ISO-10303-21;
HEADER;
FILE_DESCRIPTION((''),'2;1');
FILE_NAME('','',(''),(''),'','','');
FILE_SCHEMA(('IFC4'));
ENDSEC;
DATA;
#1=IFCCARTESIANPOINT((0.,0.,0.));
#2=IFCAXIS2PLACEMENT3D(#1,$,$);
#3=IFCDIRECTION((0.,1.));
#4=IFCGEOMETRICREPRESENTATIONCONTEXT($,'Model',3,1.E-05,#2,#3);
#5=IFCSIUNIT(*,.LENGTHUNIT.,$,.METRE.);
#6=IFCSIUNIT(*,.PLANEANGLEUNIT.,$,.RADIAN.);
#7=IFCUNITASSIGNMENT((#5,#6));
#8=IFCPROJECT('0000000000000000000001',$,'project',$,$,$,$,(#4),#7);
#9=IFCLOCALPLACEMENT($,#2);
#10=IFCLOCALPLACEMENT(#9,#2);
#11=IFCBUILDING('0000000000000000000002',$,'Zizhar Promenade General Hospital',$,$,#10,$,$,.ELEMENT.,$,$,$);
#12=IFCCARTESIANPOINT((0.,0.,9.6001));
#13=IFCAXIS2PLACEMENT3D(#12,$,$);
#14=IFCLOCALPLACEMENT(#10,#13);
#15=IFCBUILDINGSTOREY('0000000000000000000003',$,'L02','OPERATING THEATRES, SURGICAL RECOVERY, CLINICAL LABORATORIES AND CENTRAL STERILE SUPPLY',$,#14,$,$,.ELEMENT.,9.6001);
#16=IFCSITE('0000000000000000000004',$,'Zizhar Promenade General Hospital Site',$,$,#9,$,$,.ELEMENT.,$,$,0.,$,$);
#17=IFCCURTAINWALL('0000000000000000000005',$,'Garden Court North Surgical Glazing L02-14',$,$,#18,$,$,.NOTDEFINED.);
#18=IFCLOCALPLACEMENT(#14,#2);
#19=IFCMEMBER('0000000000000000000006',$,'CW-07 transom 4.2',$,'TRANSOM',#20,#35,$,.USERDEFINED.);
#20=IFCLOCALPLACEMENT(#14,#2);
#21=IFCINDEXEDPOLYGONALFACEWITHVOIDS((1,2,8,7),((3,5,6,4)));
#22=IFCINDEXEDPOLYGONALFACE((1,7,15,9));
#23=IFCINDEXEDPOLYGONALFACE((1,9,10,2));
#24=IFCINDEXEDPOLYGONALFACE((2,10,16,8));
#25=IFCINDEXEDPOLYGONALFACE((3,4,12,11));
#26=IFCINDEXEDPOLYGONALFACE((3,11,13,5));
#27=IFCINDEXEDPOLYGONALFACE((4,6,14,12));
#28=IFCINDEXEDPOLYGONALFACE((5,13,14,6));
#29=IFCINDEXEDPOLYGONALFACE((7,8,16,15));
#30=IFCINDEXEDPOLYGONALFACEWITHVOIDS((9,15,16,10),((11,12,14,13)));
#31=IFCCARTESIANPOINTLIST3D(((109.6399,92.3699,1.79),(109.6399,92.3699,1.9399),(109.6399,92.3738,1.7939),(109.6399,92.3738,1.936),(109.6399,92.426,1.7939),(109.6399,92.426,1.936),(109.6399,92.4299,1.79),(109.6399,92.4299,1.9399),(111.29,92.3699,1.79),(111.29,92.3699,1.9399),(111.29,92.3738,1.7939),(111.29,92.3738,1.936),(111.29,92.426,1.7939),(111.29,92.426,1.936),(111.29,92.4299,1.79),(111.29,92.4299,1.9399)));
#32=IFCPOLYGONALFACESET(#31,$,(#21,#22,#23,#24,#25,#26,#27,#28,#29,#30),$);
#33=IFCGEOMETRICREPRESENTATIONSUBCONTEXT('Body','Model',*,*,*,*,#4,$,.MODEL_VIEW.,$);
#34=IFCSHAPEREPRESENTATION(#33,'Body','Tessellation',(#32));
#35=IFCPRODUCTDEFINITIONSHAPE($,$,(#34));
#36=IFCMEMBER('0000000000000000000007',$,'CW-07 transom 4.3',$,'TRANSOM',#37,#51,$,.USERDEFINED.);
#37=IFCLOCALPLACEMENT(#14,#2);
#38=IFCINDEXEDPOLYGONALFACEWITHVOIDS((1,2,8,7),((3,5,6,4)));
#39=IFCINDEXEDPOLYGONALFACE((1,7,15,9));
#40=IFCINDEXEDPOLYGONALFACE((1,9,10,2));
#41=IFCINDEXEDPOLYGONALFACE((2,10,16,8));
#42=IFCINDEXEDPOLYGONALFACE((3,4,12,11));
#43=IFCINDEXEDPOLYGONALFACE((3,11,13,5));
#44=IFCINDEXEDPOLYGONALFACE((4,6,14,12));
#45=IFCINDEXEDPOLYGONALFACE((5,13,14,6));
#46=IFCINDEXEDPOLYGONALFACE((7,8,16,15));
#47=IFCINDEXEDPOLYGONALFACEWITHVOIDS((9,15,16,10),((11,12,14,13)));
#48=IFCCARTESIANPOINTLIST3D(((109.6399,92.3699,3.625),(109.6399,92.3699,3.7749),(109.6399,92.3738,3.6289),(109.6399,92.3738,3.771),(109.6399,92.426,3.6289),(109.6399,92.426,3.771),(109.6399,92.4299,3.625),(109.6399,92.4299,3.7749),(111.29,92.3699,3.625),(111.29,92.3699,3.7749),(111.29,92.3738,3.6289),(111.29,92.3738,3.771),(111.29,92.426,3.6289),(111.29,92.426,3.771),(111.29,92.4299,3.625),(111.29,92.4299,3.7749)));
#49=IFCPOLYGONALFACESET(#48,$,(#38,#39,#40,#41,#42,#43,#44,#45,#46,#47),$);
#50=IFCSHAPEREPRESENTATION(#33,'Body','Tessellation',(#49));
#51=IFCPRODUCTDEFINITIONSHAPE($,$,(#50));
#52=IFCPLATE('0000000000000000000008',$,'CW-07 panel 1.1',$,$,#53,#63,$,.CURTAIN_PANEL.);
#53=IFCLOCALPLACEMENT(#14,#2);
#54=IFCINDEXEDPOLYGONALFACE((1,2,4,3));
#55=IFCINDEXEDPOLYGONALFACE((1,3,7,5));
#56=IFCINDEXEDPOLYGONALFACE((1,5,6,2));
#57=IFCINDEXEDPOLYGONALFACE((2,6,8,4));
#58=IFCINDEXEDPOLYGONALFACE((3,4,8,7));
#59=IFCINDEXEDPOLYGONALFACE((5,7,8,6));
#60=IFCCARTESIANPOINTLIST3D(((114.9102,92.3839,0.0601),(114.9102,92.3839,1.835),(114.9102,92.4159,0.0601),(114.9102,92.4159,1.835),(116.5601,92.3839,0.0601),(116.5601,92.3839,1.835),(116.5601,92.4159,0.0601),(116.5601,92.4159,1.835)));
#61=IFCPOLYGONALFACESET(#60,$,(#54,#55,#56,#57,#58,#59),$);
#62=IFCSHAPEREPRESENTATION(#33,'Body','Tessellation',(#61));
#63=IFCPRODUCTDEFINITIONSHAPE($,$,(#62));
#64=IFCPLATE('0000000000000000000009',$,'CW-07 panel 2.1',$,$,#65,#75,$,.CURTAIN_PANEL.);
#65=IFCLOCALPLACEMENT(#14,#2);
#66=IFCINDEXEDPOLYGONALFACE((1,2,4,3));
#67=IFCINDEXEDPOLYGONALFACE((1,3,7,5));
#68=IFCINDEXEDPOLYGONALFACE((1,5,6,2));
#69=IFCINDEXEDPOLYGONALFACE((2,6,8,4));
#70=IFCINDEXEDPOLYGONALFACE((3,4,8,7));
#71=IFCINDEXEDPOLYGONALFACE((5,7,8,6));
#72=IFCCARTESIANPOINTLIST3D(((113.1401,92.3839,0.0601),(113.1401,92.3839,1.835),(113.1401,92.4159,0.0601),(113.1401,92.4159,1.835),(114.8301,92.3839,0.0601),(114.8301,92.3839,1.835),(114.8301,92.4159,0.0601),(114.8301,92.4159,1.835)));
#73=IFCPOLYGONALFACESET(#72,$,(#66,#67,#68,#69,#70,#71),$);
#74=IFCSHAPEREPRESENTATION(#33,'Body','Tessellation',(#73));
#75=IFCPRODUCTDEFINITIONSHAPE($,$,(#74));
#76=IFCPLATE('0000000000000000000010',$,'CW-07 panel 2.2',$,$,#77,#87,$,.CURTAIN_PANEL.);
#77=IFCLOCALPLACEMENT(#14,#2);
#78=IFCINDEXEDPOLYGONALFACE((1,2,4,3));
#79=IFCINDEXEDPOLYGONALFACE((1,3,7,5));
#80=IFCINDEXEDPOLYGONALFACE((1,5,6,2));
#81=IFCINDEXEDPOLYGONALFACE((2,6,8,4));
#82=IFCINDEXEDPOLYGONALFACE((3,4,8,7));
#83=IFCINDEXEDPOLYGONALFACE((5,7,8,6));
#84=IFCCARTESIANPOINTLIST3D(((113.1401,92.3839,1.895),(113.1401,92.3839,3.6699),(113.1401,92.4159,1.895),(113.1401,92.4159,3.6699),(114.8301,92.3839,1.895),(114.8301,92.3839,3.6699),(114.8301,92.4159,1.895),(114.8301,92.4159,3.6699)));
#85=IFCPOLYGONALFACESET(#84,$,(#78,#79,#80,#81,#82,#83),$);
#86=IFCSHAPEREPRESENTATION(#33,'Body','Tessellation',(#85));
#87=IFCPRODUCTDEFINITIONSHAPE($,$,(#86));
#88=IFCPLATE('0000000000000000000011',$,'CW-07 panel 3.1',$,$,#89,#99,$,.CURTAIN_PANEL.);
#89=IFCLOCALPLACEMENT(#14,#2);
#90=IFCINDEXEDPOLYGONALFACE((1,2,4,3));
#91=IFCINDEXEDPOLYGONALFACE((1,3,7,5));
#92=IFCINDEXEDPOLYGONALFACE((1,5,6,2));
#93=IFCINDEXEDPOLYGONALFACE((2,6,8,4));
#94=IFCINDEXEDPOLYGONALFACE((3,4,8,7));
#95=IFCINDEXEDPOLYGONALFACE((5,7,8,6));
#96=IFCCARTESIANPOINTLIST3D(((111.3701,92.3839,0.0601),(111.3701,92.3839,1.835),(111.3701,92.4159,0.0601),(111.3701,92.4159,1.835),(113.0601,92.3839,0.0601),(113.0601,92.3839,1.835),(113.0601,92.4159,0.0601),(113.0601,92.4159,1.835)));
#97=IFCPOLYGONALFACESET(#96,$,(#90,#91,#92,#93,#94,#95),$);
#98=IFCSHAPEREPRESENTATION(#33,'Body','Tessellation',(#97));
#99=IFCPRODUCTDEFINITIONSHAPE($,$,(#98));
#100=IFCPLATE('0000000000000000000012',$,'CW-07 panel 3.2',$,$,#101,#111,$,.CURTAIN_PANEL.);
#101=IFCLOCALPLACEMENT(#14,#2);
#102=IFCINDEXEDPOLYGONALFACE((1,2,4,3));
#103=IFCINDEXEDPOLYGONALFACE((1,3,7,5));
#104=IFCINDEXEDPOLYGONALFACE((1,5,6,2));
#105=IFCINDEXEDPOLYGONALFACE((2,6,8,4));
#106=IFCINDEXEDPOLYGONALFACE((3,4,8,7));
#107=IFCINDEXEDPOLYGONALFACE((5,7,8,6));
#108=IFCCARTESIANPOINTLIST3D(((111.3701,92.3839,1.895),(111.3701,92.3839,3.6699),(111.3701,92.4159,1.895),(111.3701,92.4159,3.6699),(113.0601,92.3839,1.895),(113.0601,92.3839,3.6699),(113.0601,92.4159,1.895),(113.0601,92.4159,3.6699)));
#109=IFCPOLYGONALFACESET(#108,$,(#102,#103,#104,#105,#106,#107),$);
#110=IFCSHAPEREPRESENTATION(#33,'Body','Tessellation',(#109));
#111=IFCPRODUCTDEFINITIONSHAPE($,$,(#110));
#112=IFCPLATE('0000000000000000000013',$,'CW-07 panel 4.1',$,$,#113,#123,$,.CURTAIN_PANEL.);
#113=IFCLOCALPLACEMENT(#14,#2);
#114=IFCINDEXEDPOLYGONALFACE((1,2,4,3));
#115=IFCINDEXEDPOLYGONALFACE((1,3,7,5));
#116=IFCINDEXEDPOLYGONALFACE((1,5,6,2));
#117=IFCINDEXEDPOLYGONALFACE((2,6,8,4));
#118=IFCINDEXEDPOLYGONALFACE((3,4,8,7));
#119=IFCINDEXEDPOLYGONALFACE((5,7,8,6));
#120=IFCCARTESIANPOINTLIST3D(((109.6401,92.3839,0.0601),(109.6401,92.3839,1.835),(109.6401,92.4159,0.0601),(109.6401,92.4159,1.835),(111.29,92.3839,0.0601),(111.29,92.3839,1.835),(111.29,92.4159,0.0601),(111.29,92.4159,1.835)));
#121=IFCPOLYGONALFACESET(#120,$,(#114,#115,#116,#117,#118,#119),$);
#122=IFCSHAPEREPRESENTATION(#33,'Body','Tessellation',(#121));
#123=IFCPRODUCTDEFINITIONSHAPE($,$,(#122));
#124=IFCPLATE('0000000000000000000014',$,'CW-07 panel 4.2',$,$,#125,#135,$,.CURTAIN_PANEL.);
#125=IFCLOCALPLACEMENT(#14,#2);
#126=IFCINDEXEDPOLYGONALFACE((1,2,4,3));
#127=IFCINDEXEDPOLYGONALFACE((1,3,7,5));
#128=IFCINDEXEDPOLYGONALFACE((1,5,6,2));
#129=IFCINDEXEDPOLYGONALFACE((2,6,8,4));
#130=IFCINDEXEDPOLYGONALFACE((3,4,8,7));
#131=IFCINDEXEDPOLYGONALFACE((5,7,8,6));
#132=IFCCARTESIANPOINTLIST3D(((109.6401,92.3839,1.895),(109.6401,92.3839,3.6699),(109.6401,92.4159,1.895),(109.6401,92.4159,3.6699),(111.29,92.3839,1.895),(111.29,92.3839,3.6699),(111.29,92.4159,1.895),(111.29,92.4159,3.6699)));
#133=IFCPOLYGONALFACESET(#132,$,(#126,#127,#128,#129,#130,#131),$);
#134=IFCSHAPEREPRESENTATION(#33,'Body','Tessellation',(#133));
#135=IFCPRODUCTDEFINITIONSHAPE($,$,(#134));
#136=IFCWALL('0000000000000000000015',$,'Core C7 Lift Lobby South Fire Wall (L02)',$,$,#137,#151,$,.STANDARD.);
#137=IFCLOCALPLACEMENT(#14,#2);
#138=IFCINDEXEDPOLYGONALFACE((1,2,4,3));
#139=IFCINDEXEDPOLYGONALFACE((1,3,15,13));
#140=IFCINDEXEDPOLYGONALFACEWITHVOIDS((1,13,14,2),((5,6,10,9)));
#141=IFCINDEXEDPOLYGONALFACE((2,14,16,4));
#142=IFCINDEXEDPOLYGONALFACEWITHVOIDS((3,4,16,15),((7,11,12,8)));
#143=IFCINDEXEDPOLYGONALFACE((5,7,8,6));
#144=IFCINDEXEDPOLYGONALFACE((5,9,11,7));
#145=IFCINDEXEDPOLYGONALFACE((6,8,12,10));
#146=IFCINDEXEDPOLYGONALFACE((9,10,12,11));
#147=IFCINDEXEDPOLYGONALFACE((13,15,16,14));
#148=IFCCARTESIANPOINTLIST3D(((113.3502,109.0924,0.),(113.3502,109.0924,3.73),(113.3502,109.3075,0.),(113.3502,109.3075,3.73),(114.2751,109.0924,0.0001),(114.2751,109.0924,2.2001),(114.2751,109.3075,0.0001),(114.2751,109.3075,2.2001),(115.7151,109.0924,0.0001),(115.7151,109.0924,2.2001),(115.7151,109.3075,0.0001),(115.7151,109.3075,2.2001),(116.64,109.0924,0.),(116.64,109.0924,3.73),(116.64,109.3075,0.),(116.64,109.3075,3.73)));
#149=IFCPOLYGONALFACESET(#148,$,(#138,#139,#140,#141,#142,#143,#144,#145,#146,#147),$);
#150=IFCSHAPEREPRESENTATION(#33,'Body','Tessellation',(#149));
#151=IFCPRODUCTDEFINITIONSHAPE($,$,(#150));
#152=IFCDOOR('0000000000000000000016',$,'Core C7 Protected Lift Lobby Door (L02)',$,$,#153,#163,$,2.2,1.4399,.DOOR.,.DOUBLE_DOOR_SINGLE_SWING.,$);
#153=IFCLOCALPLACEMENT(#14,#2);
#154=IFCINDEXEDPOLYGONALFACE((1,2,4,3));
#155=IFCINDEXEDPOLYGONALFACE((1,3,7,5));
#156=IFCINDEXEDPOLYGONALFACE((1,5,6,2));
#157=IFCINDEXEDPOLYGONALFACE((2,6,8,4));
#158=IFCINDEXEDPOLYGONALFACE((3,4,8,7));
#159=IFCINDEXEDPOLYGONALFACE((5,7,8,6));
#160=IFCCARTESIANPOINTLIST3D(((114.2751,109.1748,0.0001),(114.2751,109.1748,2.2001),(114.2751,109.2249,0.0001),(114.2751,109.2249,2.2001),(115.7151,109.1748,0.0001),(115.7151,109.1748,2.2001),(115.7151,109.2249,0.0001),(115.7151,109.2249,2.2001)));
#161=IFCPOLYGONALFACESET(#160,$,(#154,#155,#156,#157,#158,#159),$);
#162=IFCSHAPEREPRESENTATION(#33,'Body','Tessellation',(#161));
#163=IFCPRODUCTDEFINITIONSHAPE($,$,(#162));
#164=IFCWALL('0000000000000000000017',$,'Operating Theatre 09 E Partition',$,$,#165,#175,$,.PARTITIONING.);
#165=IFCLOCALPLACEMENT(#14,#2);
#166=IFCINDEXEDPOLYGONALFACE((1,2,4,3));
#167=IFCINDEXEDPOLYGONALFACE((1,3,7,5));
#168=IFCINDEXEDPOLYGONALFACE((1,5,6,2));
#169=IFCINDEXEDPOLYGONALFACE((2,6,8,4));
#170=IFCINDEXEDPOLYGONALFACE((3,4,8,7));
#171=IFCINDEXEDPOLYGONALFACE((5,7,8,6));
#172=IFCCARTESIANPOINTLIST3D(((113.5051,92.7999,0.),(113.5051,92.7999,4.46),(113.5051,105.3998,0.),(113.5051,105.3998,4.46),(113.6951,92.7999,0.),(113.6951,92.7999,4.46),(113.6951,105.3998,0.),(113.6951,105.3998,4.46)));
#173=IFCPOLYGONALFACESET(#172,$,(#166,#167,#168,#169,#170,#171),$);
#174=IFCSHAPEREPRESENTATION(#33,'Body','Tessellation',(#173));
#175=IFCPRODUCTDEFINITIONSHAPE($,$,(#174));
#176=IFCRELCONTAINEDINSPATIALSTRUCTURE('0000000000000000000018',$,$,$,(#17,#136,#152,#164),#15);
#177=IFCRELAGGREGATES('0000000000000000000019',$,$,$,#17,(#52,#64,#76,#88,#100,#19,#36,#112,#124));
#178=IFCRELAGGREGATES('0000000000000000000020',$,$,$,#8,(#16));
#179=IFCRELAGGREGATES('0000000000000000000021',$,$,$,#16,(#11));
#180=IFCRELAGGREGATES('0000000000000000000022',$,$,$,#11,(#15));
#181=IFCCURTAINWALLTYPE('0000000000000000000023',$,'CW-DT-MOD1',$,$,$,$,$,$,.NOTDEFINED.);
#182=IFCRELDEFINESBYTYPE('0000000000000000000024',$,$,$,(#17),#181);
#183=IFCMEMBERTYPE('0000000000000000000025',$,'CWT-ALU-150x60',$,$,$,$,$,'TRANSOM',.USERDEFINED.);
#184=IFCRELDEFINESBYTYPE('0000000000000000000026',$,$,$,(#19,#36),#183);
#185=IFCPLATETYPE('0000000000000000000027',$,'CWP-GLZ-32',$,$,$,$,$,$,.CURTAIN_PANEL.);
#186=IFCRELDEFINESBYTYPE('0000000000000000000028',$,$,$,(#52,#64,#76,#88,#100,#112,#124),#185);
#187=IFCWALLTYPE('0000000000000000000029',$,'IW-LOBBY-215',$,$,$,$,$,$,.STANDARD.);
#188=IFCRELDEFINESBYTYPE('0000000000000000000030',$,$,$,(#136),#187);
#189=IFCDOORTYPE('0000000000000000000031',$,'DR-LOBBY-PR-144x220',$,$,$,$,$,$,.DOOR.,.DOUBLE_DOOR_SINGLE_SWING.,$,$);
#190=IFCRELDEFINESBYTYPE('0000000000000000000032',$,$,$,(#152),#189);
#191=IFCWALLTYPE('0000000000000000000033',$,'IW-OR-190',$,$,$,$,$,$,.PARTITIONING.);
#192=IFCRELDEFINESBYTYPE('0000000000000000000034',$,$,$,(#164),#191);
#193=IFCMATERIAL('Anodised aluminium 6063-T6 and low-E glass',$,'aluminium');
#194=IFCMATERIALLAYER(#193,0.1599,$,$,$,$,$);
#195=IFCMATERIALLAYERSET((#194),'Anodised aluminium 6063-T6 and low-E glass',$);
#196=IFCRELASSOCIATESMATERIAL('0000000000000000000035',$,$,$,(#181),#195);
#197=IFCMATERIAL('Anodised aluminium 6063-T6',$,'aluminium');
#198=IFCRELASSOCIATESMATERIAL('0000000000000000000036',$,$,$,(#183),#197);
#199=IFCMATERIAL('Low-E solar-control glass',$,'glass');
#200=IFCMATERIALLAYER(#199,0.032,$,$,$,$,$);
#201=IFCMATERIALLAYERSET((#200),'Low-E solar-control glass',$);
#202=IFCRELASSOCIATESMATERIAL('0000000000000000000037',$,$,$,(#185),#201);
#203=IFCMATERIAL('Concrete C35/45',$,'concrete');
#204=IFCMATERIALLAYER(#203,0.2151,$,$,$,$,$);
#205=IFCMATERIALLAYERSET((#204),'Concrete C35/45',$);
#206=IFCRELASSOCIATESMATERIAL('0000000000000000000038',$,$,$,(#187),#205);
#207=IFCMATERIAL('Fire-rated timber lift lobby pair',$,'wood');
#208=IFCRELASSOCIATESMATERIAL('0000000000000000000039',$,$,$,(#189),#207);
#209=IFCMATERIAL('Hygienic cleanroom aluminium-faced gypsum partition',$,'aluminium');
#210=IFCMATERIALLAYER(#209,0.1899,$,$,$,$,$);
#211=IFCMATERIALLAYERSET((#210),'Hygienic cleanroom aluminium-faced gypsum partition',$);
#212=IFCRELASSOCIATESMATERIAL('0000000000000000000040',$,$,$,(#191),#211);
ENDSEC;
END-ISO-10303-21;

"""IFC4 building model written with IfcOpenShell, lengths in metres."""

from ifc_helpers import new_model, si_unit, direction, frame, frame_2d, origin, origin_2d, place, context, subcontext, project, spatial, rectangle, hollow_rectangle, extrude, material, layer, layer_set, material_profile, profile_set, type_object, element, fill, aggregate, save


model = new_model("IFC4")

# Units and contexts
model_context = context("Model", 3, precision=1e-05, world=origin(), true_north=direction((0.0, 1.0)))
body_context = subcontext(model_context, "Body", "Model", "MODEL_VIEW")
ifc_project = project(units=[si_unit("LENGTHUNIT", "METRE"), si_unit("PLANEANGLEUNIT", "RADIAN")], contexts=[model_context])

# Site, building, storey
site_placement = place(None, origin())
site = spatial("IfcSite", under=ifc_project, at=site_placement, Name="Zizhar Promenade General Hospital Site", CompositionType="ELEMENT", RefElevation=0.0)
building_placement = place(site_placement, origin())
building = spatial("IfcBuilding", under=site, at=building_placement, Name="Zizhar Promenade General Hospital", CompositionType="ELEMENT")
storey_placement = place(building_placement, frame((0.0, 0.0, 9.6001)))
storey = spatial("IfcBuildingStorey", under=building, at=storey_placement, Name="L02", Description="OPERATING THEATRES, SURGICAL RECOVERY, CLINICAL LABORATORIES AND CENTRAL STERILE SUPPLY", CompositionType="ELEMENT", Elevation=9.6001)

# Curtain wall, members, plates
ifc_material_1 = material(Name="Anodised aluminium 6063-T6 and low-E glass", Category="aluminium")
ifc_layer_1 = layer(ifc_material_1, 0.1599)
ifc_layer_set_1 = layer_set([ifc_layer_1], Name="Anodised aluminium 6063-T6 and low-E glass")
curtain_wall_type = type_object("IfcCurtainWallType", Name="CW-DT-MOD1", PredefinedType="NOTDEFINED", material=ifc_layer_set_1)
curtain_wall_placement = place(storey_placement, origin())
curtain_wall = element("IfcCurtainWall", 1, at=curtain_wall_placement, inside=storey, type_object=curtain_wall_type, Name="Garden Court North Surgical Glazing L02-14", PredefinedType="NOTDEFINED")
ifc_material_2 = material(Name="Anodised aluminium 6063-T6", Category="aluminium")
ifc_material_profile_1 = material_profile(ifc_material_2, hollow_rectangle(XDim=0.0601, YDim=0.1499, WallThickness=0.0039, at=origin_2d()))
ifc_profile_set_1 = profile_set([ifc_material_profile_1], Name="Anodised aluminium 6063-T6")
member_type_1 = type_object("IfcMemberType", Name="CWT-ALU-150x60", ElementType="TRANSOM", PredefinedType="USERDEFINED", material=ifc_profile_set_1)
member_1_placement = place(storey_placement, frame((111.29, 92.3999, 1.865), z_axis=(-1.0, 0.0, 0.0), x_axis=(0.0, -1.0, 0.0)))
member_1 = element("IfcMember", 2, at=member_1_placement, type_object=member_type_1, Name="CW-07 transom 4.2", ObjectType="TRANSOM", PredefinedType="USERDEFINED", context=body_context, shape_type="SweptSolid", body=[
    extrude(hollow_rectangle(XDim=0.0601, YDim=0.1499, WallThickness=0.0039, at=origin_2d()), origin(), (0.0, 0.0, 1.0), 1.6501),
])
member_2_placement = place(storey_placement, frame((111.29, 92.3999, 3.7), z_axis=(-1.0, 0.0, 0.0), x_axis=(0.0, -1.0, 0.0)))
member_2 = element("IfcMember", 3, at=member_2_placement, type_object=member_type_1, Name="CW-07 transom 4.3", ObjectType="TRANSOM", PredefinedType="USERDEFINED", context=body_context, shape_type="SweptSolid", body=[
    extrude(hollow_rectangle(XDim=0.0601, YDim=0.1499, WallThickness=0.0039, at=origin_2d()), origin(), (0.0, 0.0, 1.0), 1.6501),
])
ifc_material_3 = material(Name="Low-E solar-control glass", Category="glass")
ifc_layer_2 = layer(ifc_material_3, 0.032)
ifc_layer_set_2 = layer_set([ifc_layer_2], Name="Low-E solar-control glass")
plate_type = type_object("IfcPlateType", Name="CWP-GLZ-32", PredefinedType="CURTAIN_PANEL", material=ifc_layer_set_2)
plate_1_placement = place(storey_placement, frame((115.7351, 92.3999, 0.0601), z_axis=(0.0, 0.0, 1.0), x_axis=(-1.0, 0.0, 0.0)))
plate_1 = element("IfcPlate", 4, at=plate_1_placement, type_object=plate_type, Name="CW-07 panel 1.1", PredefinedType="CURTAIN_PANEL", context=body_context, shape_type="SweptSolid", body=[
    extrude(rectangle(XDim=1.6499, YDim=0.032, at=origin_2d()), origin(), (0.0, 0.0, 1.0), 1.7749),
])
plate_2_placement = place(storey_placement, frame((113.9851, 92.3999, 0.0601), z_axis=(0.0, 0.0, 1.0), x_axis=(-1.0, 0.0, 0.0)))
plate_2 = element("IfcPlate", 5, at=plate_2_placement, type_object=plate_type, Name="CW-07 panel 2.1", PredefinedType="CURTAIN_PANEL", context=body_context, shape_type="SweptSolid", body=[
    extrude(rectangle(XDim=1.6899, YDim=0.032, at=origin_2d()), origin(), (0.0, 0.0, 1.0), 1.7749),
])
plate_3_placement = place(storey_placement, frame((113.9851, 92.3999, 1.895), z_axis=(0.0, 0.0, 1.0), x_axis=(-1.0, 0.0, 0.0)))
plate_3 = element("IfcPlate", 6, at=plate_3_placement, type_object=plate_type, Name="CW-07 panel 2.2", PredefinedType="CURTAIN_PANEL", context=body_context, shape_type="SweptSolid", body=[
    extrude(rectangle(XDim=1.6899, YDim=0.032, at=origin_2d()), origin(), (0.0, 0.0, 1.0), 1.7749),
])
plate_4_placement = place(storey_placement, frame((112.2151, 92.3999, 0.0601), z_axis=(0.0, 0.0, 1.0), x_axis=(-1.0, 0.0, 0.0)))
plate_4 = element("IfcPlate", 7, at=plate_4_placement, type_object=plate_type, Name="CW-07 panel 3.1", PredefinedType="CURTAIN_PANEL", context=body_context, shape_type="SweptSolid", body=[
    extrude(rectangle(XDim=1.6899, YDim=0.032, at=origin_2d()), origin(), (0.0, 0.0, 1.0), 1.7749),
])
plate_5_placement = place(storey_placement, frame((112.2151, 92.3999, 1.895), z_axis=(0.0, 0.0, 1.0), x_axis=(-1.0, 0.0, 0.0)))
plate_5 = element("IfcPlate", 8, at=plate_5_placement, type_object=plate_type, Name="CW-07 panel 3.2", PredefinedType="CURTAIN_PANEL", context=body_context, shape_type="SweptSolid", body=[
    extrude(rectangle(XDim=1.6899, YDim=0.032, at=origin_2d()), origin(), (0.0, 0.0, 1.0), 1.7749),
])
plate_6_placement = place(storey_placement, frame((110.4651, 92.3999, 0.0601), z_axis=(0.0, 0.0, 1.0), x_axis=(-1.0, 0.0, 0.0)))
plate_6 = element("IfcPlate", 9, at=plate_6_placement, type_object=plate_type, Name="CW-07 panel 4.1", PredefinedType="CURTAIN_PANEL", context=body_context, shape_type="SweptSolid", body=[
    extrude(rectangle(XDim=1.6499, YDim=0.032, at=origin_2d()), origin(), (0.0, 0.0, 1.0), 1.7749),
])
plate_7_placement = place(storey_placement, frame((110.4651, 92.3999, 1.895), z_axis=(0.0, 0.0, 1.0), x_axis=(-1.0, 0.0, 0.0)))
plate_7 = element("IfcPlate", 10, at=plate_7_placement, type_object=plate_type, Name="CW-07 panel 4.2", PredefinedType="CURTAIN_PANEL", context=body_context, shape_type="SweptSolid", body=[
    extrude(rectangle(XDim=1.6499, YDim=0.032, at=origin_2d()), origin(), (0.0, 0.0, 1.0), 1.7749),
])
aggregate(curtain_wall, [plate_1, plate_2, plate_3, plate_4, plate_5, member_1, member_2, plate_6, plate_7])

# Wall, opening, door
ifc_material_4 = material(Name="Concrete C35/45", Category="concrete")
ifc_layer_3 = layer(ifc_material_4, 0.2151)
ifc_layer_set_3 = layer_set([ifc_layer_3], Name="Concrete C35/45")
wall_type_1 = type_object("IfcWallType", Name="IW-LOBBY-215", PredefinedType="STANDARD", material=ifc_layer_set_3)
wall_1_placement = place(storey_placement, frame((113.3501, 109.2, 0.0), z_axis=(0.0, 0.0, 1.0), x_axis=(1.0, 0.0, 0.0)))
wall_1 = element("IfcWall", 11, at=wall_1_placement, inside=storey, type_object=wall_type_1, Name="Core C7 Lift Lobby South Fire Wall (L02)", PredefinedType="STANDARD", context=body_context, shape_type="SweptSolid", body=[
    extrude(rectangle(XDim=3.2898, YDim=0.2151, at=frame_2d((1.645, 0.0))), origin(), (0.0, 0.0, 1.0), 3.73),
])
opening_1_placement = place(wall_1_placement, frame((0.925, 0.0, 0.0)))
opening_1 = element("IfcOpeningElement", 12, at=opening_1_placement, cuts=wall_1, PredefinedType="OPENING", context=body_context, shape_type="SweptSolid", body=[
    extrude(rectangle(XDim=1.4399, YDim=2.2, at=frame_2d((0.72, 1.1001))), frame((0.0, 0.1177, 0.0), z_axis=(0.0, -1.0, 0.0), x_axis=(1.0, 0.0, 0.0)), (0.0, 0.0, 1.0), 0.2351),
])
ifc_material_5 = material(Name="Fire-rated timber lift lobby pair", Category="wood")
door_type_1 = type_object("IfcDoorType", Name="DR-LOBBY-PR-144x220", OperationType="DOUBLE_DOOR_SINGLE_SWING", PredefinedType="DOOR", material=ifc_material_5)
door_1_placement = place(opening_1_placement, origin())
door_1 = element("IfcDoor", 13, at=door_1_placement, inside=storey, type_object=door_type_1, Name="Core C7 Protected Lift Lobby Door (L02)", OperationType="DOUBLE_DOOR_SINGLE_SWING", OverallHeight=2.2, OverallWidth=1.4399, PredefinedType="DOOR", context=body_context, shape_type="SweptSolid", body=[
    extrude(rectangle(XDim=1.4399, YDim=2.2, at=frame_2d((0.72, 1.1001))), frame((0.0, 0.0249, 0.0), z_axis=(0.0, -1.0, 0.0), x_axis=(1.0, 0.0, 0.0)), (0.0, 0.0, 1.0), 0.05),
])
fill(opening_1, door_1)

# Wall
ifc_material_6 = material(Name="Hygienic cleanroom aluminium-faced gypsum partition", Category="aluminium")
ifc_layer_4 = layer(ifc_material_6, 0.1899)
ifc_layer_set_4 = layer_set([ifc_layer_4], Name="Hygienic cleanroom aluminium-faced gypsum partition")
wall_type_2 = type_object("IfcWallType", Name="IW-OR-190", PredefinedType="PARTITIONING", material=ifc_layer_set_4)
wall_2_placement = place(storey_placement, frame((113.6001, 92.8, 0.0), z_axis=(0.0, 0.0, 1.0), x_axis=(0.0, 1.0, 0.0)))
element("IfcWall", 14, at=wall_2_placement, inside=storey, type_object=wall_type_2, Name="Operating Theatre 09 E Partition", PredefinedType="PARTITIONING", context=body_context, shape_type="SweptSolid", body=[
    extrude(rectangle(XDim=12.5999, YDim=0.1899, at=frame_2d((6.2998, 0.0))), origin(), (0.0, 0.0, 1.0), 4.46),
])

save(model, "model.ifc")
